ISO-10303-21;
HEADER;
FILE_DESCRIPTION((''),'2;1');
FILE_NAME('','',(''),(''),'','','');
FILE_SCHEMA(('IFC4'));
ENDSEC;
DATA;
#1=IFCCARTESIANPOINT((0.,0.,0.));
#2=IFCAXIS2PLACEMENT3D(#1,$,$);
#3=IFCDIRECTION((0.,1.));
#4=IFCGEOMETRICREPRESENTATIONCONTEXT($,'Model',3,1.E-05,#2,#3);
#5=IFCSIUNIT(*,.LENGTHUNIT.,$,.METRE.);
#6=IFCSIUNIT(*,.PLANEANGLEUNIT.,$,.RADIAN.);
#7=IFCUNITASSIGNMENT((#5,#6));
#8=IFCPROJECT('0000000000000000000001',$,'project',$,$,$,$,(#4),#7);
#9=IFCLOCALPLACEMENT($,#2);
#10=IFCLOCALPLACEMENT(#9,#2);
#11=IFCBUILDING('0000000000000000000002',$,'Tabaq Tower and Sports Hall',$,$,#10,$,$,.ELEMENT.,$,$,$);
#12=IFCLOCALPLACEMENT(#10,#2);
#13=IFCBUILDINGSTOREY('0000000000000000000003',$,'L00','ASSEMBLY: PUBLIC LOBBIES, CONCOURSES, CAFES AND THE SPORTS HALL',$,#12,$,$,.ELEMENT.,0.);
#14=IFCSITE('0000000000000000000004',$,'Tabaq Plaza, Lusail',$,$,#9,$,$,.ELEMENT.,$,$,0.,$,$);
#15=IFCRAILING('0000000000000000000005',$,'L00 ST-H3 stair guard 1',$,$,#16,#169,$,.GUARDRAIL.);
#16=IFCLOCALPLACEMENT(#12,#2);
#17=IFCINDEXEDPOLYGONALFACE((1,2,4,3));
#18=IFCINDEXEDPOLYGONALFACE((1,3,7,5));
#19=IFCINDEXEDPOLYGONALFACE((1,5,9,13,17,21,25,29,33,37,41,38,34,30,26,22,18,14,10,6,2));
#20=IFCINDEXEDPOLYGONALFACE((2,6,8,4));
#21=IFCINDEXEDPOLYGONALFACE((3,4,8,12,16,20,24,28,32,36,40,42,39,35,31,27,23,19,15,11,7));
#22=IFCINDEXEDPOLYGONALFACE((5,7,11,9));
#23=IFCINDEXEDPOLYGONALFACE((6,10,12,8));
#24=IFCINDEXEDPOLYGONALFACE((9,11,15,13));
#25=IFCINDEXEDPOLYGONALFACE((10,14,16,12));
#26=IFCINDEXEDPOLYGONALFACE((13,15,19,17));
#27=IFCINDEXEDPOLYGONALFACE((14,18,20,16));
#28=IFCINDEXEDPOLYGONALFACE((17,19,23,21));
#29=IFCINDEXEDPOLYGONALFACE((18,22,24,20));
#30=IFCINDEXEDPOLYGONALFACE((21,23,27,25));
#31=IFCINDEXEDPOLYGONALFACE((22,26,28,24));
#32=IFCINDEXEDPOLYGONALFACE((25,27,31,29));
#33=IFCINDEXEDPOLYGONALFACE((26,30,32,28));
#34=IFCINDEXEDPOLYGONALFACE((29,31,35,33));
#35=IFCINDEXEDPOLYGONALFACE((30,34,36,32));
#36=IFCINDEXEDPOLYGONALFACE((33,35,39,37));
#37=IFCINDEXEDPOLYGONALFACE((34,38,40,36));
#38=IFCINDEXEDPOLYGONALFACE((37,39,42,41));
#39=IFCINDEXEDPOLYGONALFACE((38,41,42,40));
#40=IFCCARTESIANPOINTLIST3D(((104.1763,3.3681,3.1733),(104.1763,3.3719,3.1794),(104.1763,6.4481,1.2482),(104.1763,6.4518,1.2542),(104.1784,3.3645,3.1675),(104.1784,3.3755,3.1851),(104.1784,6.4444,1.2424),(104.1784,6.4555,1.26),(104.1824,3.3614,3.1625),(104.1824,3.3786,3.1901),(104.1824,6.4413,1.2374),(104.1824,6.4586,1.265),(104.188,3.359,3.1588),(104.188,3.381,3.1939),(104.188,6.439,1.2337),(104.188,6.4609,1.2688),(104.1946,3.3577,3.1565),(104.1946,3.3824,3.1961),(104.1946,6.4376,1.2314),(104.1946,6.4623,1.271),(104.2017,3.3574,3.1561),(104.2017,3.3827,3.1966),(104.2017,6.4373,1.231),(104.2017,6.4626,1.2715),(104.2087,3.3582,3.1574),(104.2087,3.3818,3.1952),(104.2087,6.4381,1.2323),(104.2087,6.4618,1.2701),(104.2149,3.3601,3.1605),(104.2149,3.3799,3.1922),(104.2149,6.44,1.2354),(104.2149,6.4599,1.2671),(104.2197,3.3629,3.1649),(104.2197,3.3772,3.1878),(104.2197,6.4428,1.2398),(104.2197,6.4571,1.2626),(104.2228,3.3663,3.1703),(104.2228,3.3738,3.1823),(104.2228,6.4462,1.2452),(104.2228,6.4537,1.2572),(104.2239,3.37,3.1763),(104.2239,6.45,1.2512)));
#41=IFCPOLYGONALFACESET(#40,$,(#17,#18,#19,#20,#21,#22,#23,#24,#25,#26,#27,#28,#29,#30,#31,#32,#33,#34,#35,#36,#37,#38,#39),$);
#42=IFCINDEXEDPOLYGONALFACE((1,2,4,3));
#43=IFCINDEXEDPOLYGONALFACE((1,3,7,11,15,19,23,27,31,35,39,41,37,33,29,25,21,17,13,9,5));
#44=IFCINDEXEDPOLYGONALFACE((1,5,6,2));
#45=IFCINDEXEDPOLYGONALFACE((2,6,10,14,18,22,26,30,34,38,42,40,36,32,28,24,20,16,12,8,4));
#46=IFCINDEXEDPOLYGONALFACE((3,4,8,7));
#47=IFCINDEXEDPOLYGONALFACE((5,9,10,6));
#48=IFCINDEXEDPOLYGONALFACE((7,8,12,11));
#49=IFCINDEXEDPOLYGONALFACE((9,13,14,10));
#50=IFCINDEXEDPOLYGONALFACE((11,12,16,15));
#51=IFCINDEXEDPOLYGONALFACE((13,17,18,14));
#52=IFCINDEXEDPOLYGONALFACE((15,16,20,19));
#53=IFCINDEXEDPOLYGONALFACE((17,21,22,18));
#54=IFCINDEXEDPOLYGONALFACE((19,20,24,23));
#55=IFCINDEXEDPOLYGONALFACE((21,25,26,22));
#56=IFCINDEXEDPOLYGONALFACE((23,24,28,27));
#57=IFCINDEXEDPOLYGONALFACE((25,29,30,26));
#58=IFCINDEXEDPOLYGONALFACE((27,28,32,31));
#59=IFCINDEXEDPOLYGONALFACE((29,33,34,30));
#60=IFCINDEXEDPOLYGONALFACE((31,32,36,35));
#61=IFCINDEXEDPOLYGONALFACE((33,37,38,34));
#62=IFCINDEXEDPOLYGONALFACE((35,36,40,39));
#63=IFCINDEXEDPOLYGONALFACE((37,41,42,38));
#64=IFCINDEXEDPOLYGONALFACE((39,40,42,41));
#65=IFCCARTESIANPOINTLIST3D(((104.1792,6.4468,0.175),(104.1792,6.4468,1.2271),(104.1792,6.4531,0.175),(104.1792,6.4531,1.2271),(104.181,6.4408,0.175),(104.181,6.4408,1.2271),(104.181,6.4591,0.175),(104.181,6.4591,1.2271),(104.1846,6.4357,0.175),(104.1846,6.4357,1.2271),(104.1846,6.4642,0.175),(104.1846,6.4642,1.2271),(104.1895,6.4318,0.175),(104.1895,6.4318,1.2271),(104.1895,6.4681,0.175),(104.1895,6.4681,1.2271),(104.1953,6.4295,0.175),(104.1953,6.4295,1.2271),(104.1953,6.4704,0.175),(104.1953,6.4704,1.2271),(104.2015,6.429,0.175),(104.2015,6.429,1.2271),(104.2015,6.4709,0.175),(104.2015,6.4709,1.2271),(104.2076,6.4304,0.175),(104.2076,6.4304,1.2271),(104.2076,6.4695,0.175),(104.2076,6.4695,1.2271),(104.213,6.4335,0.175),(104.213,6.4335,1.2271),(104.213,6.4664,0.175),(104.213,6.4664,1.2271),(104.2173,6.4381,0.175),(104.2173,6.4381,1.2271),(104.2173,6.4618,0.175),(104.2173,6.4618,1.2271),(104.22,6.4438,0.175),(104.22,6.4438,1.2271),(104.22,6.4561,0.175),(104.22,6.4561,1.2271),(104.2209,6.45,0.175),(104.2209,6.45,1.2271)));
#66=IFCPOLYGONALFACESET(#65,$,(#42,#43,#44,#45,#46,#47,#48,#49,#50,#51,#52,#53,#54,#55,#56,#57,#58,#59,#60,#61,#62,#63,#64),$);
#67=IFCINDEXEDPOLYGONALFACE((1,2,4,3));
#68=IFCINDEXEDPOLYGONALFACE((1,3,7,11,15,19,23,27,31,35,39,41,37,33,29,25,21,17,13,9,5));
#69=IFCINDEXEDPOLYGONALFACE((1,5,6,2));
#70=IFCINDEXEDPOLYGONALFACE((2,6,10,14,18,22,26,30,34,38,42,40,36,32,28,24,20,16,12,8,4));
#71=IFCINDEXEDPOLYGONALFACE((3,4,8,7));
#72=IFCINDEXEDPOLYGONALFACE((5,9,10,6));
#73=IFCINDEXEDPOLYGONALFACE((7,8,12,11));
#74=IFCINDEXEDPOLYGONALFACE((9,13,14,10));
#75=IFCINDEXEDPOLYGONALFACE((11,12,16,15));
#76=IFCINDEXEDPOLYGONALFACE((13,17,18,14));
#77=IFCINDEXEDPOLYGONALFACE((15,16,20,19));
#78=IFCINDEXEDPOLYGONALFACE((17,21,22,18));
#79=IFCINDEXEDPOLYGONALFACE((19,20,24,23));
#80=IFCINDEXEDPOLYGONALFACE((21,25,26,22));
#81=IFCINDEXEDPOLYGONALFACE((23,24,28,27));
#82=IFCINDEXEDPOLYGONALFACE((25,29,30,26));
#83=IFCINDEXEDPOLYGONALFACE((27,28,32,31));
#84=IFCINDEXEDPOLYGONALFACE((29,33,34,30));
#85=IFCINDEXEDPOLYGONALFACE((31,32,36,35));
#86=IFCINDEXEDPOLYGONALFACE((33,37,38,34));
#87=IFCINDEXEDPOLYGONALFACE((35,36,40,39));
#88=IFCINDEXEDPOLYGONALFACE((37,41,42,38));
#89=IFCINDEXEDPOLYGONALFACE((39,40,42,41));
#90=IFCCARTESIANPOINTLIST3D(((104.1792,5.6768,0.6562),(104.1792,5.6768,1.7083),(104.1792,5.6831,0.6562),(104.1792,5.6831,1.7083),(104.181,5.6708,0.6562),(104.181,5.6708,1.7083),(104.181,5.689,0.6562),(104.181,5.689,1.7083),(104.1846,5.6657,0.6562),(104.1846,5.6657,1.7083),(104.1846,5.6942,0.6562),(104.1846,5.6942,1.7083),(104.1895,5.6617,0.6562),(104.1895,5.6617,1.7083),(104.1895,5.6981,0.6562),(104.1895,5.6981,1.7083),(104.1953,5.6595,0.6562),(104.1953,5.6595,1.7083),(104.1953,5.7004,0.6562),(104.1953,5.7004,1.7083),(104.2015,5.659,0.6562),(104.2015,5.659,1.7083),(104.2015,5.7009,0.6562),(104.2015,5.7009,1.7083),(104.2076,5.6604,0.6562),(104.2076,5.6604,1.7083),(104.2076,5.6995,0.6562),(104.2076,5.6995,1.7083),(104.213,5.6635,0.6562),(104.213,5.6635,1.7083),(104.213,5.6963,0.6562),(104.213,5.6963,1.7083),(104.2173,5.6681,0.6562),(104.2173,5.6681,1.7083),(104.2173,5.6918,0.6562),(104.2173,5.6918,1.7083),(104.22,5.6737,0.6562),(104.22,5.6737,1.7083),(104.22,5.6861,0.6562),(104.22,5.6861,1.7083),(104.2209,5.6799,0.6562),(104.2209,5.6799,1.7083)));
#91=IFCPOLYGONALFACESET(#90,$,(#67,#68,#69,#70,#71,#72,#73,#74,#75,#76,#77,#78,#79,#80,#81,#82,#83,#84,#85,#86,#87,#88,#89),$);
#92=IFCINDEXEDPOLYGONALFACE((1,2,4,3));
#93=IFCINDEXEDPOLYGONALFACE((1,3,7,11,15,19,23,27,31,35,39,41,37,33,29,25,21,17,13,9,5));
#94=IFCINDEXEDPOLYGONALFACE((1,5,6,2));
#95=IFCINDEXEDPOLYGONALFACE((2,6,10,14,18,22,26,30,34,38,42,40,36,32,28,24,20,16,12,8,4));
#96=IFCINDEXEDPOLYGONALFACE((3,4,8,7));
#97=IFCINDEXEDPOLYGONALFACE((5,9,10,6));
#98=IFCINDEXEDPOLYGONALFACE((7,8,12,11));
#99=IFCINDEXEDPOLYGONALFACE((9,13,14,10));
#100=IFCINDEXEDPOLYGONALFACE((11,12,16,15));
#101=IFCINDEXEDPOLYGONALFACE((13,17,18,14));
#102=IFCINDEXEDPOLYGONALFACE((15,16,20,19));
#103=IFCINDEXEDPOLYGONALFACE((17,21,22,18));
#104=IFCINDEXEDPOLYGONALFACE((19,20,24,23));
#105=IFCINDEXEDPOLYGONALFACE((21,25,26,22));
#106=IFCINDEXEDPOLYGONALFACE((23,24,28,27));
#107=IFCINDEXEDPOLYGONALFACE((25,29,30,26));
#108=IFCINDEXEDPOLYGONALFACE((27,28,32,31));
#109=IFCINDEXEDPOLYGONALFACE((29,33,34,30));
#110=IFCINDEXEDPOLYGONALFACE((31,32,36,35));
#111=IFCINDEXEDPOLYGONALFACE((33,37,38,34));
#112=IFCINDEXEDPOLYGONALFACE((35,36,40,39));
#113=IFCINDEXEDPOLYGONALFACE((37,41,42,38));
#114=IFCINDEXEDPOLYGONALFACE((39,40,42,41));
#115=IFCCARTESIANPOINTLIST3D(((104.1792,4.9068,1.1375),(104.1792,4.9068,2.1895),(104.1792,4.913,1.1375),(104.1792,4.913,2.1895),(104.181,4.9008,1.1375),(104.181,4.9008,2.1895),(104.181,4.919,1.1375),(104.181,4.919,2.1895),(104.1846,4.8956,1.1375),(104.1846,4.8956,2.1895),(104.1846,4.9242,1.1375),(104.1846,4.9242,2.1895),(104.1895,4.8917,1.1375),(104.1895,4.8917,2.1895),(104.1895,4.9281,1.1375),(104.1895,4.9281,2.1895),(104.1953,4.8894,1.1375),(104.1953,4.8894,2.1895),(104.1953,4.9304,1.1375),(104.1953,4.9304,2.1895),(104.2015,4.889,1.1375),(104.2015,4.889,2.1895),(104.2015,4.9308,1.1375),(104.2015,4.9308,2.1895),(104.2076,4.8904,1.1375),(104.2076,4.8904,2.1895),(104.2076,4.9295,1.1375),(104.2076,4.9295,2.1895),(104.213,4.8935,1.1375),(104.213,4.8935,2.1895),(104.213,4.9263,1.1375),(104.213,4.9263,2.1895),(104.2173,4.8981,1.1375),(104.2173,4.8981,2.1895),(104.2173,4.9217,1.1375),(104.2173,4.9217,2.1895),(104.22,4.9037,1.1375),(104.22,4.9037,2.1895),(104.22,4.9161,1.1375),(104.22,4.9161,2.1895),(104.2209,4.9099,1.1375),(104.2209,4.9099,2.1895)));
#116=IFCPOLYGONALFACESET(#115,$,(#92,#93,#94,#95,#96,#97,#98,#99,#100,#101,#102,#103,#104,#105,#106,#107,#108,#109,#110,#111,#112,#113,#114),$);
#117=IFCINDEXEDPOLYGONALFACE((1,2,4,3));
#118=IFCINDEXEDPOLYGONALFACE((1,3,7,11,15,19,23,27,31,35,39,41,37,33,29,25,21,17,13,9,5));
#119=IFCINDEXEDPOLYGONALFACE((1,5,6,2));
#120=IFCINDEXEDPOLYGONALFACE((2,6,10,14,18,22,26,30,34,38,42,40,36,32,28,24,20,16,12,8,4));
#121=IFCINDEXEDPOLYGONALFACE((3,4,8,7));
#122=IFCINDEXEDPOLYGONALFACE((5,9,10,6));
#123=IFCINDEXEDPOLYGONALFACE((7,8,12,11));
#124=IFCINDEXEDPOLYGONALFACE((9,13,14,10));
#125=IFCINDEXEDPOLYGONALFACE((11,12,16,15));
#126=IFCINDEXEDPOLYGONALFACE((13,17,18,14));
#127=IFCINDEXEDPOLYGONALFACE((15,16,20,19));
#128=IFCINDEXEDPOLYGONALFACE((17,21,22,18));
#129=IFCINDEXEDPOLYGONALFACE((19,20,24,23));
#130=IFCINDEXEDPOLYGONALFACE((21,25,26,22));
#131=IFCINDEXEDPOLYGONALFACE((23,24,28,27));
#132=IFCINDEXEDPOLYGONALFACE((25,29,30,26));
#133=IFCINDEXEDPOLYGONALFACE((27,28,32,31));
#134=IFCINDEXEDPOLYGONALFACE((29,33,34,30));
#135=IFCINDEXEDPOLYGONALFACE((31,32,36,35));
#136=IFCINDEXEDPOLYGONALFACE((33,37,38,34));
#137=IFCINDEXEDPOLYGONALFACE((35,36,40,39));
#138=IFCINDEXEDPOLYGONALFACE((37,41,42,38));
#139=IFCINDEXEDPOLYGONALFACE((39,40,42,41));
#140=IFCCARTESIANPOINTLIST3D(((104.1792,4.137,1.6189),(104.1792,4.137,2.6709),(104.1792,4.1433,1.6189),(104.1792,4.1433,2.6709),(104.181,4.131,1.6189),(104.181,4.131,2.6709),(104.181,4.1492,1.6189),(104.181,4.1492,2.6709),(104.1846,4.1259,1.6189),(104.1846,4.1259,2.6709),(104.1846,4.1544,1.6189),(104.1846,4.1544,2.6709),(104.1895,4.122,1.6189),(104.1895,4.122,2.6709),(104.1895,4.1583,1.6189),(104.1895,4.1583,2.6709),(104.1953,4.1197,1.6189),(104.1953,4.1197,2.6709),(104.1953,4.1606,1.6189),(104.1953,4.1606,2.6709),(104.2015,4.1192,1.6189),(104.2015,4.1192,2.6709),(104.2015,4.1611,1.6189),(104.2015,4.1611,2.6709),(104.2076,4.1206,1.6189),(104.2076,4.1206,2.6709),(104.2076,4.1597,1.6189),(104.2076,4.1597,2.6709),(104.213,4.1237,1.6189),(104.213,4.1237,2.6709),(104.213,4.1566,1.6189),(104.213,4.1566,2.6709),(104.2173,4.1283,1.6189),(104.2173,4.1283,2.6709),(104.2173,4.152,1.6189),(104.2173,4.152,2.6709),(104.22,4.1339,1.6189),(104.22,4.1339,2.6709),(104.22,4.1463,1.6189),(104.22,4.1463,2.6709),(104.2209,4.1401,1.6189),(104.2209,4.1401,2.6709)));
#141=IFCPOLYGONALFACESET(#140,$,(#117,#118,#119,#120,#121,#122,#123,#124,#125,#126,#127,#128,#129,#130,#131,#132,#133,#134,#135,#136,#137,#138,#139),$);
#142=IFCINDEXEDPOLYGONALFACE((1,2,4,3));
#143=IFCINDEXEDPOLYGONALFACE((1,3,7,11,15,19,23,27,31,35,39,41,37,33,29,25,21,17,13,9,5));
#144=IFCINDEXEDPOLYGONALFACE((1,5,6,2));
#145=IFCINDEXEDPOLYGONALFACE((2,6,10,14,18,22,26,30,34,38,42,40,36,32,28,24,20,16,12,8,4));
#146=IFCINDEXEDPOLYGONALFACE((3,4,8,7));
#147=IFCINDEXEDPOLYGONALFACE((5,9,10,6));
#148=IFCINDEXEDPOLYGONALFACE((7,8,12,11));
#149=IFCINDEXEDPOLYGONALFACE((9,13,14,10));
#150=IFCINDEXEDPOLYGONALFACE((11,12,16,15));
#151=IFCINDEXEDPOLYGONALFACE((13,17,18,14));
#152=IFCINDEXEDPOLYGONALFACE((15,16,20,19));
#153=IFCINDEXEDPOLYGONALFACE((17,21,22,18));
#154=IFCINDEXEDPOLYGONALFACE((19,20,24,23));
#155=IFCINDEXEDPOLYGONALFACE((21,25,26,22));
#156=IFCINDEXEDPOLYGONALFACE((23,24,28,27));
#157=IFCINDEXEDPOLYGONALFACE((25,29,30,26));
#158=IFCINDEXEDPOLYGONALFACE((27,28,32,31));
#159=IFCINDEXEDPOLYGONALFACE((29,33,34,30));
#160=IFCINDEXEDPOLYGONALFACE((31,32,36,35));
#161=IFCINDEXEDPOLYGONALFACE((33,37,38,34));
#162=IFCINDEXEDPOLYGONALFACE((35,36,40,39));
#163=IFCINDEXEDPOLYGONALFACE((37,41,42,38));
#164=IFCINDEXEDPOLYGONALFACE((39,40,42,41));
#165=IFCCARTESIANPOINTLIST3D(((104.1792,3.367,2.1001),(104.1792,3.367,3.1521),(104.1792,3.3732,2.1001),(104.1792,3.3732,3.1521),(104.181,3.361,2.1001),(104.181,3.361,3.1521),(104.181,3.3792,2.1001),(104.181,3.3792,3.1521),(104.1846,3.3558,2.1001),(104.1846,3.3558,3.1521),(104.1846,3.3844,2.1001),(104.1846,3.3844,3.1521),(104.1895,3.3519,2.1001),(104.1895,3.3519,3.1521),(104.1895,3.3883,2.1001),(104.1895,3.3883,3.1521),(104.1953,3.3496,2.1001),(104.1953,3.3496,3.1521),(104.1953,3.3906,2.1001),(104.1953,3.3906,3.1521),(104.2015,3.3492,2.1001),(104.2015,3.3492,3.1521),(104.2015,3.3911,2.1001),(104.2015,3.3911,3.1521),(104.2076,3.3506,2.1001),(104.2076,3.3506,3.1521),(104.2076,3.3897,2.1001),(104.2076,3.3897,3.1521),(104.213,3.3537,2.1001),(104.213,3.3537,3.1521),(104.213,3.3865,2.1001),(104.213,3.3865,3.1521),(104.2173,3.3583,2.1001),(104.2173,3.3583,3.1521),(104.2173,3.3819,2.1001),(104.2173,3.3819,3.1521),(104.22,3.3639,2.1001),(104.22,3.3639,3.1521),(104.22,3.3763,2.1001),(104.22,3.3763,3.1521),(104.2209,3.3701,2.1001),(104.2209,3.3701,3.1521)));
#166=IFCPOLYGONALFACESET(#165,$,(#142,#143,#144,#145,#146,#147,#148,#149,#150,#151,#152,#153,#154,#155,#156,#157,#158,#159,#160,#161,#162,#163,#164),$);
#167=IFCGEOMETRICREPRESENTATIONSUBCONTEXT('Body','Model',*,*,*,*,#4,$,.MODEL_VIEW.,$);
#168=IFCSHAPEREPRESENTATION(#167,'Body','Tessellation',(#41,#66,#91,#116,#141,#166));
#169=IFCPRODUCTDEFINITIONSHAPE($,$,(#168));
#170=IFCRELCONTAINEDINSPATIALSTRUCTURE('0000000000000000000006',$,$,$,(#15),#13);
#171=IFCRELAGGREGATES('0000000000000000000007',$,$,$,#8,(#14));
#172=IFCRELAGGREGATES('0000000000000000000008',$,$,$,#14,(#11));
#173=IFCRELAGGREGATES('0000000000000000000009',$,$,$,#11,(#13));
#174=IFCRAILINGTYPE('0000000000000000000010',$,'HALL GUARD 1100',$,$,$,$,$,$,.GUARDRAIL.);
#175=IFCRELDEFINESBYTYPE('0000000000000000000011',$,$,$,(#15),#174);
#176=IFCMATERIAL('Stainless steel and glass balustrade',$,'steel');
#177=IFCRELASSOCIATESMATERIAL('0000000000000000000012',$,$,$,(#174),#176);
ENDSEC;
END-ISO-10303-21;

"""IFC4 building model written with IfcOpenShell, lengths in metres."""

from ifc_helpers import new_model, si_unit, direction, frame, origin, origin_2d, place, context, subcontext, project, spatial, circle, extrude, material, type_object, element, save


model = new_model("IFC4")

# Units and contexts
model_context = context("Model", 3, precision=1e-05, world=origin(), true_north=direction((0.0, 1.0)))
body_context = subcontext(model_context, "Body", "Model", "MODEL_VIEW")
ifc_project = project(units=[si_unit("LENGTHUNIT", "METRE"), si_unit("PLANEANGLEUNIT", "RADIAN")], contexts=[model_context])

# Site, building, storey
site_placement = place(None, origin())
site = spatial("IfcSite", under=ifc_project, at=site_placement, Name="Tabaq Plaza, Lusail", CompositionType="ELEMENT", RefElevation=0.0)
building_placement = place(site_placement, origin())
building = spatial("IfcBuilding", under=site, at=building_placement, Name="Tabaq Tower and Sports Hall", CompositionType="ELEMENT")
storey_placement = place(building_placement, origin())
storey = spatial("IfcBuildingStorey", under=building, at=storey_placement, Name="L00", Description="ASSEMBLY: PUBLIC LOBBIES, CONCOURSES, CAFES AND THE SPORTS HALL", CompositionType="ELEMENT", Elevation=0.0)

# Railing
ifc_material_1 = material(Name="Stainless steel and glass balustrade", Category="steel")
railing_type_1 = type_object("IfcRailingType", Name="HALL GUARD 1100", PredefinedType="GUARDRAIL", material=ifc_material_1)
for number, where, name in (
    (1, (104.2, 6.45, 0.175), "L00 ST-H3 stair guard 1"),
):
    element("IfcRailing", number, at=place(storey_placement, frame(where)), inside=storey, type_object=railing_type_1, Name=name, PredefinedType="GUARDRAIL", context=body_context, shape_type="SweptSolid", body=[
        extrude(circle(Radius=0.0239, at=origin_2d()), frame((0.0, 0.0, 1.0762), z_axis=(0.0, -0.847979, 0.530029), x_axis=(1.0, 0.0, 0.0)), (0.0, 0.0, 1.0), 3.6321),
        extrude(circle(Radius=0.021, at=origin_2d()), origin(), (0.0, 0.0, 1.0), 1.052),
        extrude(circle(Radius=0.021, at=origin_2d()), frame((0.0, -0.77, 0.4812)), (0.0, 0.0, 1.0), 1.052),
        extrude(circle(Radius=0.021, at=origin_2d()), frame((0.0, -1.54, 0.9624)), (0.0, 0.0, 1.0), 1.052),
        extrude(circle(Radius=0.021, at=origin_2d()), frame((0.0, -2.3098, 1.4438)), (0.0, 0.0, 1.0), 1.052),
        extrude(circle(Radius=0.021, at=origin_2d()), frame((0.0, -3.0798, 1.925)), (0.0, 0.0, 1.0), 1.052),
    ])

save(model, "model.ifc")
